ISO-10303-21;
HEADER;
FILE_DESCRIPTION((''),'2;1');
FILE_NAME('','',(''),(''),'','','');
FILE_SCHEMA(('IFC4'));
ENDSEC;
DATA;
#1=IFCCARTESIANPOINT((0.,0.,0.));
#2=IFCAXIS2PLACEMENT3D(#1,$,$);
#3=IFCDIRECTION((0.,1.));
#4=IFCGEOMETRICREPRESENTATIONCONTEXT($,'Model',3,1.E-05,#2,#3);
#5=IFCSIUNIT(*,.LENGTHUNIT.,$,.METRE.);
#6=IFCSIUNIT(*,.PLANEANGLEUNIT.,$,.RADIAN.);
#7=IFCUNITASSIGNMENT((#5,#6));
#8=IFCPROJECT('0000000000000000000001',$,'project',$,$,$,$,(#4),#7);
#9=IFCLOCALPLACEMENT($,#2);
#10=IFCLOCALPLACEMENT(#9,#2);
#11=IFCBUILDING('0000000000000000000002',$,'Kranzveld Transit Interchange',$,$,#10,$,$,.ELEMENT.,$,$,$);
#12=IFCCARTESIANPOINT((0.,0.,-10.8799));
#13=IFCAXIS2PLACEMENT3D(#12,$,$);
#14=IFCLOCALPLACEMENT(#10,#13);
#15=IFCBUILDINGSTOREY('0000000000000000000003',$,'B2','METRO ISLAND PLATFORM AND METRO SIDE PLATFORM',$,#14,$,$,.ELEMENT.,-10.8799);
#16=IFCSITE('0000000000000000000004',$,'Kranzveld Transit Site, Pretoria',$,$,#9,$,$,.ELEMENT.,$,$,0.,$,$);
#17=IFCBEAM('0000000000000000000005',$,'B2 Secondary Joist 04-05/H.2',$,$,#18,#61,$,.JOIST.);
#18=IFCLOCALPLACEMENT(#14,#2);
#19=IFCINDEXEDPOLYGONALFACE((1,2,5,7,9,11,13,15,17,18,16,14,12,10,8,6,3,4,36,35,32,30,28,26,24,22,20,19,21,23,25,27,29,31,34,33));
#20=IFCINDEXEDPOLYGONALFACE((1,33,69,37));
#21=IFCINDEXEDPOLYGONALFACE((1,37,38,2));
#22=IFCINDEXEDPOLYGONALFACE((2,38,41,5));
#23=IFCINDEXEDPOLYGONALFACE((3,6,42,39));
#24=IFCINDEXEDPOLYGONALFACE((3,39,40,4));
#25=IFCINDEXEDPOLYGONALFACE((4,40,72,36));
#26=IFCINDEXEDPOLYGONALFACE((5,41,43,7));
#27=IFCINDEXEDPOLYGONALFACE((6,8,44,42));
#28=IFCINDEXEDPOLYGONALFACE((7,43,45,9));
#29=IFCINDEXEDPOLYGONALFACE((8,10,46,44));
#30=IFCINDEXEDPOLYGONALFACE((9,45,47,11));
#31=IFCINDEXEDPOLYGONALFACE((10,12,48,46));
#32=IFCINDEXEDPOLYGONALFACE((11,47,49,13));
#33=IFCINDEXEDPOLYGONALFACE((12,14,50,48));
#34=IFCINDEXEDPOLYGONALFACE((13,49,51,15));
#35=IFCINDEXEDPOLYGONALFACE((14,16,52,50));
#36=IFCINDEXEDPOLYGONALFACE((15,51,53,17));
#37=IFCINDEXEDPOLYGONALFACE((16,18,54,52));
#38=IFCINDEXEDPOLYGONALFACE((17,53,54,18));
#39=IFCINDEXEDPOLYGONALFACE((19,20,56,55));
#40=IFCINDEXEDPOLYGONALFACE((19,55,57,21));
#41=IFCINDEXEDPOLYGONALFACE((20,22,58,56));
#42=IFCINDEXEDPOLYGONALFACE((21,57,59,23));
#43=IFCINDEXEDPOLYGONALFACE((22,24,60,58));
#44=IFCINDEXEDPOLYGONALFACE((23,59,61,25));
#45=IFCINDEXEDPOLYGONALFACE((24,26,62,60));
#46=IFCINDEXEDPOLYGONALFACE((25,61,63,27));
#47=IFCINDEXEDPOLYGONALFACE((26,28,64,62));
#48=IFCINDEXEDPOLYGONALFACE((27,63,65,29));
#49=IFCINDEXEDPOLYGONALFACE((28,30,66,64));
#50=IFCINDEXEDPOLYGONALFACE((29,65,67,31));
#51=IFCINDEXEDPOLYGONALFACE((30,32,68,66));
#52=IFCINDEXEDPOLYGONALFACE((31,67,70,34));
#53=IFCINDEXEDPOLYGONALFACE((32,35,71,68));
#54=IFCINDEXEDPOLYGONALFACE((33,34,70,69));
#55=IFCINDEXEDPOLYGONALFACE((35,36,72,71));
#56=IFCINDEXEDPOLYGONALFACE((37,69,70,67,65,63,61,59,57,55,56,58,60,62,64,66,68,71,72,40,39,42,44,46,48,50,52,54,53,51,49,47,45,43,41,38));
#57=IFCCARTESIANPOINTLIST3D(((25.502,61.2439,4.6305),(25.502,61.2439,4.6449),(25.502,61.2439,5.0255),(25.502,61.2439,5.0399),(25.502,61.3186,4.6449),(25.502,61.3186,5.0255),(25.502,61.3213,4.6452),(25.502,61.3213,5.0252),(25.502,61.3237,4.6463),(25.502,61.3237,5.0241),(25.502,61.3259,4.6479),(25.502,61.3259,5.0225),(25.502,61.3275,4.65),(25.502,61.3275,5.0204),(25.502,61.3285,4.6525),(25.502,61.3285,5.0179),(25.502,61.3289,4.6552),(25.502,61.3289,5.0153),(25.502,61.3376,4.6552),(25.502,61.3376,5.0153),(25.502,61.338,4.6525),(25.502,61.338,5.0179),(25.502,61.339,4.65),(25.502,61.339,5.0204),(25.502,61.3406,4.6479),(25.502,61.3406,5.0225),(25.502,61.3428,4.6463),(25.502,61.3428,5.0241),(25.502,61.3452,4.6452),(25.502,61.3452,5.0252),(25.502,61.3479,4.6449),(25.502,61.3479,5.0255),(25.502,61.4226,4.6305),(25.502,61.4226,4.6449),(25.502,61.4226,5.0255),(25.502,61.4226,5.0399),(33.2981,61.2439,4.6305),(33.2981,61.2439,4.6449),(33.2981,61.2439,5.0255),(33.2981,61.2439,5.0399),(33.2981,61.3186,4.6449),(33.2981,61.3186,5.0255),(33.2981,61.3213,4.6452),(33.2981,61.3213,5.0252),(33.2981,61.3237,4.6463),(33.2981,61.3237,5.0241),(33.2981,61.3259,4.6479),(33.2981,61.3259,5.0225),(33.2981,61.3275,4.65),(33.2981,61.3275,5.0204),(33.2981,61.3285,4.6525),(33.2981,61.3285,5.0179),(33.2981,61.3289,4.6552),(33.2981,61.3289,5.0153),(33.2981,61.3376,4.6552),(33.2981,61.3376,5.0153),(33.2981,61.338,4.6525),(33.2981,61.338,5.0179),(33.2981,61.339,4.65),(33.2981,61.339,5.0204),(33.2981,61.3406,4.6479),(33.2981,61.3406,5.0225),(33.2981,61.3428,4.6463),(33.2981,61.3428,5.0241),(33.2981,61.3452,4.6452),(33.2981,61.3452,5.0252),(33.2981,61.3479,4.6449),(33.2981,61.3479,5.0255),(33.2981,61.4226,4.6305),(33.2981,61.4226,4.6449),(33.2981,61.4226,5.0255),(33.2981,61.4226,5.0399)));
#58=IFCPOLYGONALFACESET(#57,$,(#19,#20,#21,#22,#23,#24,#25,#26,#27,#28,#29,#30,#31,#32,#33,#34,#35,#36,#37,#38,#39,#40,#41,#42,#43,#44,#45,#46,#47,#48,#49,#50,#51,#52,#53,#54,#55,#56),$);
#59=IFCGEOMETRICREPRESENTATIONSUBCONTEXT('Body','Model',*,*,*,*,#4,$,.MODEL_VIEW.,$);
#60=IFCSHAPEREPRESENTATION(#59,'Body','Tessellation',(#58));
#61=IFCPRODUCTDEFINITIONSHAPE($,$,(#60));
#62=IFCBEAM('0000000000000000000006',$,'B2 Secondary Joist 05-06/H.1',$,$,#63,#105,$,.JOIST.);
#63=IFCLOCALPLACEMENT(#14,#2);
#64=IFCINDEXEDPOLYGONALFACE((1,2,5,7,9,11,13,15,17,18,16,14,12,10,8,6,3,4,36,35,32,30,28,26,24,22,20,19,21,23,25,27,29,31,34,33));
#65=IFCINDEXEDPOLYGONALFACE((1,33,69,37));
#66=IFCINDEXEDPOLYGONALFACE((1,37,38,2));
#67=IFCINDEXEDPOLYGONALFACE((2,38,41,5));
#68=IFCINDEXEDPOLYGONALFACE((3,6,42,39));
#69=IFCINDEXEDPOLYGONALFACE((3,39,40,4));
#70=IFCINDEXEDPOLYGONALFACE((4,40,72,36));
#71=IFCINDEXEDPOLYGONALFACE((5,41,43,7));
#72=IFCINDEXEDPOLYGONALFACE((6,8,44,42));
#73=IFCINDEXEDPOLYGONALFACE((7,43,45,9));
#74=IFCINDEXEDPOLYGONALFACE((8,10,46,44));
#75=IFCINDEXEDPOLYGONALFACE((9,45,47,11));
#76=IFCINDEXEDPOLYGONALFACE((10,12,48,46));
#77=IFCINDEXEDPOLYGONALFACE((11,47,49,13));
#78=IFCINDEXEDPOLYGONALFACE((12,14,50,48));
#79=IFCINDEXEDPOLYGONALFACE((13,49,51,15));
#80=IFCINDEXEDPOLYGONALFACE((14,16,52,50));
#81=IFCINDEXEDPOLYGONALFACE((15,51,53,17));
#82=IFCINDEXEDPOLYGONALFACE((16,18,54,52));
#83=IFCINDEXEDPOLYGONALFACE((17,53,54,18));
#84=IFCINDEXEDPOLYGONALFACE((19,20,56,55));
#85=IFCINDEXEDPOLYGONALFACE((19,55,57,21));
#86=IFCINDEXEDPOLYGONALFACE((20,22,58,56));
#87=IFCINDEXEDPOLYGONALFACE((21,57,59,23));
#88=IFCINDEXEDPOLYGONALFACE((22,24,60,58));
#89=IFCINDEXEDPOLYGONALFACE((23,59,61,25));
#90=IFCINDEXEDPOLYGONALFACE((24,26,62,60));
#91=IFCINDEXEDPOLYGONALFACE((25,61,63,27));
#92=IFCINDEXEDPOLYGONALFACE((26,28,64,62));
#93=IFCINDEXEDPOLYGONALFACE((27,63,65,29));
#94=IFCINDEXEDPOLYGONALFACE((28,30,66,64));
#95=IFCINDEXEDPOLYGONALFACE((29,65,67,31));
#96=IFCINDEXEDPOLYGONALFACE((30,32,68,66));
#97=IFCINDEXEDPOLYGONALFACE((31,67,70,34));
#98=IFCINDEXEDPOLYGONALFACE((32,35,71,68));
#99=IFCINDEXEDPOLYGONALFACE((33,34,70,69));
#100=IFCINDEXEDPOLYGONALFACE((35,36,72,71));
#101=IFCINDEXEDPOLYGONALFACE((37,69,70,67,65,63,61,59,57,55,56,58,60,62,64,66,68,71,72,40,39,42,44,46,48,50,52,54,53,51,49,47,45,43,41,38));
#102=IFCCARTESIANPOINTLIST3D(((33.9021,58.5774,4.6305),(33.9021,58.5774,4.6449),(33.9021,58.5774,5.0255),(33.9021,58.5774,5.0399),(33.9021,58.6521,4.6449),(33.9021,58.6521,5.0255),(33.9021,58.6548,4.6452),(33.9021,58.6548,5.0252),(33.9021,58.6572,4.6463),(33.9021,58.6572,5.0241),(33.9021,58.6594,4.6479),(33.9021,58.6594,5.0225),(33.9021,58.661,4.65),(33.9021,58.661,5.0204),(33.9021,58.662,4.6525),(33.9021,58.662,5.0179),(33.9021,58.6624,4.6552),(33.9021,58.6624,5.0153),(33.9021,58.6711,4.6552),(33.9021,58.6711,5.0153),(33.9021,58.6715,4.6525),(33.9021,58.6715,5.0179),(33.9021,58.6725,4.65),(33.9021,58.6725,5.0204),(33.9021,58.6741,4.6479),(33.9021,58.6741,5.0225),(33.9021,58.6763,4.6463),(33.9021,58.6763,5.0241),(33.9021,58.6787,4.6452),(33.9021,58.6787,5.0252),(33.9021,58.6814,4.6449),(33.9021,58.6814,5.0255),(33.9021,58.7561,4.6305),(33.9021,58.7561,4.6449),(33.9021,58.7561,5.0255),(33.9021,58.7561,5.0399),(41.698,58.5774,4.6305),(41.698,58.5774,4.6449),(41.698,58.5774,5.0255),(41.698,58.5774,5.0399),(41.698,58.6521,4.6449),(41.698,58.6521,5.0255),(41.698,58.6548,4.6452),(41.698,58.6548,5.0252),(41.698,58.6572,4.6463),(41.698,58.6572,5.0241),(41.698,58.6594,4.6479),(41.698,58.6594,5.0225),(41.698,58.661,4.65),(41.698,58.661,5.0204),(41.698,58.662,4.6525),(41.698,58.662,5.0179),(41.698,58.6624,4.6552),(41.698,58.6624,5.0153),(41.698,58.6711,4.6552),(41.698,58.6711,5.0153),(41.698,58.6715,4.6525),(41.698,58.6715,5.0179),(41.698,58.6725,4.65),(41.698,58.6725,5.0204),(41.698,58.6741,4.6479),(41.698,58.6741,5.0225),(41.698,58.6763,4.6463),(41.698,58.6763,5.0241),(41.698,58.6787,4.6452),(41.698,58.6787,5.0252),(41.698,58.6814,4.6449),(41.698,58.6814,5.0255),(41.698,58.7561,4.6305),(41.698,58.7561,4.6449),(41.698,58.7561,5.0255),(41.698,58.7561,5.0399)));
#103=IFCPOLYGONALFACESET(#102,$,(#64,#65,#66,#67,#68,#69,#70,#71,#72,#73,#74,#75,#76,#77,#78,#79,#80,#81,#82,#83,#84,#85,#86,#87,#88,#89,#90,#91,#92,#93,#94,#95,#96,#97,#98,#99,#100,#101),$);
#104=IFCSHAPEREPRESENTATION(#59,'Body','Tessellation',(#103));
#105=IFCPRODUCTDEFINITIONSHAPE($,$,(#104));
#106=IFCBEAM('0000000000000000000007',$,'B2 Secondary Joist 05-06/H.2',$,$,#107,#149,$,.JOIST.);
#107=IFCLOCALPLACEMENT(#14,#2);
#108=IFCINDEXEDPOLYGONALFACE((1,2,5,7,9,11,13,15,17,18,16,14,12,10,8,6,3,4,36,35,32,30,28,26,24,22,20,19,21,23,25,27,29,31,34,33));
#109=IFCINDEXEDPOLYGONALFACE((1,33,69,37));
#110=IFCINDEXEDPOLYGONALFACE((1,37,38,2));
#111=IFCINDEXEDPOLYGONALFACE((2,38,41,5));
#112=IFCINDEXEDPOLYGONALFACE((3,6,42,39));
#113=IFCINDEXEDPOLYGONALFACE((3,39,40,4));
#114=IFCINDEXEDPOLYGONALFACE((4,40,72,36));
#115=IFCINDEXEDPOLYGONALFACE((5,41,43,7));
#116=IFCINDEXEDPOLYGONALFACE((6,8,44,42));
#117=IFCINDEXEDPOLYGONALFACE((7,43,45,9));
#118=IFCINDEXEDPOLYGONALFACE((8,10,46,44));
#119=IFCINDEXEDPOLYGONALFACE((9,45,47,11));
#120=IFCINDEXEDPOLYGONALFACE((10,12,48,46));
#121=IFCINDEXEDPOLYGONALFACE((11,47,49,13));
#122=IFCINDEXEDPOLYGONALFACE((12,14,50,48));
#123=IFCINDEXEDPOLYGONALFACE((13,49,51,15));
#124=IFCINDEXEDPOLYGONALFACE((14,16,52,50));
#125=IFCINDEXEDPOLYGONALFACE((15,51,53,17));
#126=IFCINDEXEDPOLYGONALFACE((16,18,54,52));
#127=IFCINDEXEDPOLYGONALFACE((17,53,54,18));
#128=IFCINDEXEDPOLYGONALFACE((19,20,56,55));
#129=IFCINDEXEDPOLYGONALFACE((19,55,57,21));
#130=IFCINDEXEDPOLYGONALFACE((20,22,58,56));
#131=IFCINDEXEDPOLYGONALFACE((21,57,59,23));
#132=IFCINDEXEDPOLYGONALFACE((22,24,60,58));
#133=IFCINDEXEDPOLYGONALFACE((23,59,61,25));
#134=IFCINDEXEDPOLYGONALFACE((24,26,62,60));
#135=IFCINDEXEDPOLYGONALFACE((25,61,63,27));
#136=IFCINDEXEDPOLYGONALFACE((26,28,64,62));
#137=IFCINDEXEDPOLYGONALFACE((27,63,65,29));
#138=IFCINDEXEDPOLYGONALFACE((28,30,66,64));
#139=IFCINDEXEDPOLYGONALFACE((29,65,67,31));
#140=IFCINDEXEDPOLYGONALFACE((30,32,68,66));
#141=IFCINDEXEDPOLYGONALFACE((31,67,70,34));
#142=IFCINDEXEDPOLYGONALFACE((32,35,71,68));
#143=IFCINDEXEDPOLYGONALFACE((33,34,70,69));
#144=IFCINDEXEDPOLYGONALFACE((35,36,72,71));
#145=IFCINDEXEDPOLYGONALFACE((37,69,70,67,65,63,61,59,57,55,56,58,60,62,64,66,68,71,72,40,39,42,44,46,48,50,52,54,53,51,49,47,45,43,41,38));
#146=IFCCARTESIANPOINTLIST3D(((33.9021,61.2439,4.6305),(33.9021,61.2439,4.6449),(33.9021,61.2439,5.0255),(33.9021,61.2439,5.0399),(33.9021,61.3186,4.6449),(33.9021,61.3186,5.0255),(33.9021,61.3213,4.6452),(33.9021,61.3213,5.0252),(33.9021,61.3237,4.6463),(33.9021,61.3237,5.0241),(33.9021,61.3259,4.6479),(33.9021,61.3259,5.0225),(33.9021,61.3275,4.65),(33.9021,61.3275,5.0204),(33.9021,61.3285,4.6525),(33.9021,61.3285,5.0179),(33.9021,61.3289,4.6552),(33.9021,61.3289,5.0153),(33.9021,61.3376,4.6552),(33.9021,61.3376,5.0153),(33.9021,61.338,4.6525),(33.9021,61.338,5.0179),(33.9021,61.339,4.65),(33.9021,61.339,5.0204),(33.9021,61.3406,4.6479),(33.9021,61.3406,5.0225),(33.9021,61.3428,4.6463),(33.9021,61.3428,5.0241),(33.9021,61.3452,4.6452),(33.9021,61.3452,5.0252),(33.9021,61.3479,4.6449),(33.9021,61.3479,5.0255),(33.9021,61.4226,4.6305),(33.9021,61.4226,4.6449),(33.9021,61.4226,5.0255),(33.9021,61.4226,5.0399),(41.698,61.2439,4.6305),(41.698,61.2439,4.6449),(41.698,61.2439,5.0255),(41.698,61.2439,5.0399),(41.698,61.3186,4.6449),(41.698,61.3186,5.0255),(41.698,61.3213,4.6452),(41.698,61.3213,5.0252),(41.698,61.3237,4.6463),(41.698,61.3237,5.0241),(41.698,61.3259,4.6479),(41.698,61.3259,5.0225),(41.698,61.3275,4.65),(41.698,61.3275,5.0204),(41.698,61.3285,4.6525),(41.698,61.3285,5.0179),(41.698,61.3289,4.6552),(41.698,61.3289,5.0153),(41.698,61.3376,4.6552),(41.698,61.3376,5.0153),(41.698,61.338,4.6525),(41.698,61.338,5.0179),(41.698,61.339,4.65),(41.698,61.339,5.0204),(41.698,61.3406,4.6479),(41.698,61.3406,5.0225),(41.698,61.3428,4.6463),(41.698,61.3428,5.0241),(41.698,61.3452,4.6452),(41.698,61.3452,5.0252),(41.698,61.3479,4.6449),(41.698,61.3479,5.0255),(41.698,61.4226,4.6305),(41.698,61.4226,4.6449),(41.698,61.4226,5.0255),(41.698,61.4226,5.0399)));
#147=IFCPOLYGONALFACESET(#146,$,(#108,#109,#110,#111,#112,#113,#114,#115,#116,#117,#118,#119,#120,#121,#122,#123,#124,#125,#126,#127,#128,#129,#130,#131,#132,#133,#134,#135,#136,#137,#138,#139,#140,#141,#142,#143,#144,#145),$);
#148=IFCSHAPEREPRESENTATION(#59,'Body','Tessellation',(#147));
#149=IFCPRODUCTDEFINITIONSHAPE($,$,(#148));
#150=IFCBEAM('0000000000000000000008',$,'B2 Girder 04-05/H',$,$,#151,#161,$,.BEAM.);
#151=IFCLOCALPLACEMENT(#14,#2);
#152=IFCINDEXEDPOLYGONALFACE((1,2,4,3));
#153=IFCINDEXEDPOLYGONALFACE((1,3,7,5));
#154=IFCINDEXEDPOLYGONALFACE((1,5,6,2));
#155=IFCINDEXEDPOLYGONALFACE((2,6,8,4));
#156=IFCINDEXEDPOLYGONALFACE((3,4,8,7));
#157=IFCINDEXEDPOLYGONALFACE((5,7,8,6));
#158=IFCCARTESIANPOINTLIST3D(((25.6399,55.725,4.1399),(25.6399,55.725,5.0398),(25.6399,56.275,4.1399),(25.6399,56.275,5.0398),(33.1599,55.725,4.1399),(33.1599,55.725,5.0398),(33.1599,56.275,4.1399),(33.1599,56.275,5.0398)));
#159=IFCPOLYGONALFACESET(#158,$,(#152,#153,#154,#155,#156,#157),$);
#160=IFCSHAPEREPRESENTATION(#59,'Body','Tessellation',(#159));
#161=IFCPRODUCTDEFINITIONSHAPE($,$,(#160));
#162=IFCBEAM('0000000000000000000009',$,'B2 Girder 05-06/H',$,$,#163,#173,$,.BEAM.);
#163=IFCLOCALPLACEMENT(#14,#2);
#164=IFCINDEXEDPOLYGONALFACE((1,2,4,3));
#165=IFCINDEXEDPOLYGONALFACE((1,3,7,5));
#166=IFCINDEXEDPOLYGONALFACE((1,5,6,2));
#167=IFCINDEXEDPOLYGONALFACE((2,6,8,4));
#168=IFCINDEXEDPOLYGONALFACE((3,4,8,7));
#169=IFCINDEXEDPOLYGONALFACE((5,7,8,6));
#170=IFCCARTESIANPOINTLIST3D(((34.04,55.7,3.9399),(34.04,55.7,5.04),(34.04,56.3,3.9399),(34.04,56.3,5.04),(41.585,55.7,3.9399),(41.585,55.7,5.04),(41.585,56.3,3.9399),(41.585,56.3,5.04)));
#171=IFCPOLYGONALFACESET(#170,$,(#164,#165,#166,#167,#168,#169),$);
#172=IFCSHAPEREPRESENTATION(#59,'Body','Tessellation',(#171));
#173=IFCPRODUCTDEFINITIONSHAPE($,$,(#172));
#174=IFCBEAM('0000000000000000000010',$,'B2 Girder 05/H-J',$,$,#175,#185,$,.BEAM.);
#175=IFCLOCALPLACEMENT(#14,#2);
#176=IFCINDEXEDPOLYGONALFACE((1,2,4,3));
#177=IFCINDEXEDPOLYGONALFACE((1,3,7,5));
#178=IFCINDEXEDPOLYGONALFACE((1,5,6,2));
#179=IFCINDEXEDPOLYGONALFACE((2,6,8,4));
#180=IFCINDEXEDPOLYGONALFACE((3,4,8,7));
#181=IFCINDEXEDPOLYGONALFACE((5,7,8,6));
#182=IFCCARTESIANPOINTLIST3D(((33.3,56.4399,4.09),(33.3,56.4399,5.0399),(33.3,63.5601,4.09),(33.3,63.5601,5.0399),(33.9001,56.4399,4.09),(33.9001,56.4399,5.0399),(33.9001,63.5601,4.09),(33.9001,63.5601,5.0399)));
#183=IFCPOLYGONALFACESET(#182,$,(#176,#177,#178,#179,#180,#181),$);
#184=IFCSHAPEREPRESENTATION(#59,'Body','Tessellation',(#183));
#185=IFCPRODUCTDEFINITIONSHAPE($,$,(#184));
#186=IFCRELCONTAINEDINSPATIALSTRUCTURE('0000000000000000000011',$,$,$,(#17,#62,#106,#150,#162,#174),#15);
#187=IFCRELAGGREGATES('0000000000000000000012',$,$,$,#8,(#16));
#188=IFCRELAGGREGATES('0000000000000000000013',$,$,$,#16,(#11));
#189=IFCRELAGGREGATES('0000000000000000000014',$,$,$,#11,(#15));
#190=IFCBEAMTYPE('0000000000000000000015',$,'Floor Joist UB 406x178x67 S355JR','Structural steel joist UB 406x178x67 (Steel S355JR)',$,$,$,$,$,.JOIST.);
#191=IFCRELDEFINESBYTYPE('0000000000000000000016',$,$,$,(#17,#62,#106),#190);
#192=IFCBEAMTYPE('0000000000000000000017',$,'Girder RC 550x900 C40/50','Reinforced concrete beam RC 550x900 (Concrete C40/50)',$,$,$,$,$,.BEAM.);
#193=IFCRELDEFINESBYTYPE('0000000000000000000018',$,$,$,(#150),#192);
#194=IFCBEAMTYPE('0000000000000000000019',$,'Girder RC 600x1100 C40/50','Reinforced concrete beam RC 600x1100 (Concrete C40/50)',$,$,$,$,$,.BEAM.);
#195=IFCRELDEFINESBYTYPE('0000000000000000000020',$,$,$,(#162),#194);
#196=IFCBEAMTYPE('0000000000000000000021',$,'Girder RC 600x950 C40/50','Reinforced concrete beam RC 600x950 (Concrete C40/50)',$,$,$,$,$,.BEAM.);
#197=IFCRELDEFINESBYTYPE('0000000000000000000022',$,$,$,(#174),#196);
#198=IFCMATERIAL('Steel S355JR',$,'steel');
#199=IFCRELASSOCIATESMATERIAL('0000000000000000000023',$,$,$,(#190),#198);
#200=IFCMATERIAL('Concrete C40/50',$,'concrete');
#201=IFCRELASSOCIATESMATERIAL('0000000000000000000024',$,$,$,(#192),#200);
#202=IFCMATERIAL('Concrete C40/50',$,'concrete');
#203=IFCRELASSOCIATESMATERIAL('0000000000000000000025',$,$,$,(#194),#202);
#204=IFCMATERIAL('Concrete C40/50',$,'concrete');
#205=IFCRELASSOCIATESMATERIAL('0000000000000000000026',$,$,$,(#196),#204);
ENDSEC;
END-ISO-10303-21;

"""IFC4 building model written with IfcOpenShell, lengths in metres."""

from ifc_helpers import new_model, si_unit, direction, frame, origin, origin_2d, place, context, subcontext, project, spatial, rectangle, i_section, extrude, material, material_profile, profile_set, type_object, element, save


model = new_model("IFC4")

# Units and contexts
model_context = context("Model", 3, precision=1e-05, world=origin(), true_north=direction((0.0, 1.0)))
body_context = subcontext(model_context, "Body", "Model", "MODEL_VIEW")
ifc_project = project(units=[si_unit("LENGTHUNIT", "METRE"), si_unit("PLANEANGLEUNIT", "RADIAN")], contexts=[model_context])

# Site, building, storey
site_placement = place(None, origin())
site = spatial("IfcSite", under=ifc_project, at=site_placement, Name="Kranzveld Transit Site, Pretoria", CompositionType="ELEMENT", RefElevation=0.0)
building_placement = place(site_placement, origin())
building = spatial("IfcBuilding", under=site, at=building_placement, Name="Kranzveld Transit Interchange", CompositionType="ELEMENT")
storey_placement = place(building_placement, frame((0.0, 0.0, -10.8799)))
storey = spatial("IfcBuildingStorey", under=building, at=storey_placement, Name="B2", Description="METRO ISLAND PLATFORM AND METRO SIDE PLATFORM", CompositionType="ELEMENT", Elevation=-10.8799)

# Beams
ifc_material_1 = material(Name="Steel S355JR", Category="steel")
ifc_material_profile_1 = material_profile(ifc_material_1, i_section(OverallWidth=0.1787, OverallDepth=0.4094, WebThickness=0.0088, FlangeThickness=0.0144, FilletRadius=0.0103, at=origin_2d()), Name="UB 406x178x67")
ifc_profile_set_1 = profile_set([ifc_material_profile_1], Name="Steel S355JR")
beam_type_1 = type_object("IfcBeamType", Name="Floor Joist UB 406x178x67 S355JR", Description="Structural steel joist UB 406x178x67 (Steel S355JR)", PredefinedType="JOIST", material=ifc_profile_set_1)
beam_1_placement = place(storey_placement, frame((25.502, 61.3333, 4.8352), z_axis=(1.0, 0.0, 0.0), x_axis=(0.0, 1.0, 0.0)))
element("IfcBeam", 1, at=beam_1_placement, inside=storey, type_object=beam_type_1, Name="B2 Secondary Joist 04-05/H.2", PredefinedType="JOIST", context=body_context, shape_type="SweptSolid", body=[
    extrude(i_section(OverallWidth=0.1787, OverallDepth=0.4094, WebThickness=0.0088, FlangeThickness=0.0144, FilletRadius=0.0103, at=origin_2d()), origin(), (0.0, 0.0, 1.0), 7.7961),
])
for number, where, z_axis, x_axis, name in (
    (2, (33.9021, 58.6667, 4.8352), (1.0, 0.0, 0.0), (0.0, 1.0, 0.0), "B2 Secondary Joist 05-06/H.1"),
    (3, (33.9021, 61.3333, 4.8352), (1.0, 0.0, 0.0), (0.0, 1.0, 0.0), "B2 Secondary Joist 05-06/H.2"),
):
    element("IfcBeam", number, at=place(storey_placement, frame(where, z_axis=z_axis, x_axis=x_axis)), inside=storey, type_object=beam_type_1, Name=name, PredefinedType="JOIST", context=body_context, shape_type="SweptSolid", body=[
        extrude(i_section(OverallWidth=0.1787, OverallDepth=0.4094, WebThickness=0.0088, FlangeThickness=0.0144, FilletRadius=0.0103, at=origin_2d()), origin(), (0.0, 0.0, 1.0), 7.7959),
    ])
ifc_material_2 = material(Name="Concrete C40/50", Category="concrete")
ifc_material_profile_2 = material_profile(ifc_material_2, rectangle(XDim=0.55, YDim=0.8999, at=origin_2d()), Name="RC 550x900")
ifc_profile_set_2 = profile_set([ifc_material_profile_2], Name="Concrete C40/50")
beam_type_2 = type_object("IfcBeamType", Name="Girder RC 550x900 C40/50", Description="Reinforced concrete beam RC 550x900 (Concrete C40/50)", PredefinedType="BEAM", material=ifc_profile_set_2)
beam_2_placement = place(storey_placement, frame((25.6399, 56.0, 4.5898), z_axis=(1.0, 0.0, 0.0), x_axis=(0.0, 1.0, 0.0)))
element("IfcBeam", 4, at=beam_2_placement, inside=storey, type_object=beam_type_2, Name="B2 Girder 04-05/H", PredefinedType="BEAM", context=body_context, shape_type="SweptSolid", body=[
    extrude(rectangle(XDim=0.55, YDim=0.8999, at=origin_2d()), origin(), (0.0, 0.0, 1.0), 7.52),
])
ifc_material_3 = material(Name="Concrete C40/50", Category="concrete")
ifc_material_profile_3 = material_profile(ifc_material_3, rectangle(XDim=0.6001, YDim=1.1001, at=origin_2d()), Name="RC 600x1100")
ifc_profile_set_3 = profile_set([ifc_material_profile_3], Name="Concrete C40/50")
beam_type_3 = type_object("IfcBeamType", Name="Girder RC 600x1100 C40/50", Description="Reinforced concrete beam RC 600x1100 (Concrete C40/50)", PredefinedType="BEAM", material=ifc_profile_set_3)
beam_3_placement = place(storey_placement, frame((34.04, 56.0, 4.49), z_axis=(1.0, 0.0, 0.0), x_axis=(0.0, 1.0, 0.0)))
element("IfcBeam", 5, at=beam_3_placement, inside=storey, type_object=beam_type_3, Name="B2 Girder 05-06/H", PredefinedType="BEAM", context=body_context, shape_type="SweptSolid", body=[
    extrude(rectangle(XDim=0.6001, YDim=1.1001, at=origin_2d()), origin(), (0.0, 0.0, 1.0), 7.5449),
])
ifc_material_4 = material(Name="Concrete C40/50", Category="concrete")
ifc_material_profile_4 = material_profile(ifc_material_4, rectangle(XDim=0.6001, YDim=0.95, at=origin_2d()), Name="RC 600x950")
ifc_profile_set_4 = profile_set([ifc_material_profile_4], Name="Concrete C40/50")
beam_type_4 = type_object("IfcBeamType", Name="Girder RC 600x950 C40/50", Description="Reinforced concrete beam RC 600x950 (Concrete C40/50)", PredefinedType="BEAM", material=ifc_profile_set_4)
beam_4_placement = place(storey_placement, frame((33.6001, 56.4399, 4.5649), z_axis=(0.0, 1.0, 0.0), x_axis=(-1.0, 0.0, 0.0)))
element("IfcBeam", 6, at=beam_4_placement, inside=storey, type_object=beam_type_4, Name="B2 Girder 05/H-J", PredefinedType="BEAM", context=body_context, shape_type="SweptSolid", body=[
    extrude(rectangle(XDim=0.6001, YDim=0.95, at=origin_2d()), origin(), (0.0, 0.0, 1.0), 7.1201),
])

save(model, "model.ifc")
